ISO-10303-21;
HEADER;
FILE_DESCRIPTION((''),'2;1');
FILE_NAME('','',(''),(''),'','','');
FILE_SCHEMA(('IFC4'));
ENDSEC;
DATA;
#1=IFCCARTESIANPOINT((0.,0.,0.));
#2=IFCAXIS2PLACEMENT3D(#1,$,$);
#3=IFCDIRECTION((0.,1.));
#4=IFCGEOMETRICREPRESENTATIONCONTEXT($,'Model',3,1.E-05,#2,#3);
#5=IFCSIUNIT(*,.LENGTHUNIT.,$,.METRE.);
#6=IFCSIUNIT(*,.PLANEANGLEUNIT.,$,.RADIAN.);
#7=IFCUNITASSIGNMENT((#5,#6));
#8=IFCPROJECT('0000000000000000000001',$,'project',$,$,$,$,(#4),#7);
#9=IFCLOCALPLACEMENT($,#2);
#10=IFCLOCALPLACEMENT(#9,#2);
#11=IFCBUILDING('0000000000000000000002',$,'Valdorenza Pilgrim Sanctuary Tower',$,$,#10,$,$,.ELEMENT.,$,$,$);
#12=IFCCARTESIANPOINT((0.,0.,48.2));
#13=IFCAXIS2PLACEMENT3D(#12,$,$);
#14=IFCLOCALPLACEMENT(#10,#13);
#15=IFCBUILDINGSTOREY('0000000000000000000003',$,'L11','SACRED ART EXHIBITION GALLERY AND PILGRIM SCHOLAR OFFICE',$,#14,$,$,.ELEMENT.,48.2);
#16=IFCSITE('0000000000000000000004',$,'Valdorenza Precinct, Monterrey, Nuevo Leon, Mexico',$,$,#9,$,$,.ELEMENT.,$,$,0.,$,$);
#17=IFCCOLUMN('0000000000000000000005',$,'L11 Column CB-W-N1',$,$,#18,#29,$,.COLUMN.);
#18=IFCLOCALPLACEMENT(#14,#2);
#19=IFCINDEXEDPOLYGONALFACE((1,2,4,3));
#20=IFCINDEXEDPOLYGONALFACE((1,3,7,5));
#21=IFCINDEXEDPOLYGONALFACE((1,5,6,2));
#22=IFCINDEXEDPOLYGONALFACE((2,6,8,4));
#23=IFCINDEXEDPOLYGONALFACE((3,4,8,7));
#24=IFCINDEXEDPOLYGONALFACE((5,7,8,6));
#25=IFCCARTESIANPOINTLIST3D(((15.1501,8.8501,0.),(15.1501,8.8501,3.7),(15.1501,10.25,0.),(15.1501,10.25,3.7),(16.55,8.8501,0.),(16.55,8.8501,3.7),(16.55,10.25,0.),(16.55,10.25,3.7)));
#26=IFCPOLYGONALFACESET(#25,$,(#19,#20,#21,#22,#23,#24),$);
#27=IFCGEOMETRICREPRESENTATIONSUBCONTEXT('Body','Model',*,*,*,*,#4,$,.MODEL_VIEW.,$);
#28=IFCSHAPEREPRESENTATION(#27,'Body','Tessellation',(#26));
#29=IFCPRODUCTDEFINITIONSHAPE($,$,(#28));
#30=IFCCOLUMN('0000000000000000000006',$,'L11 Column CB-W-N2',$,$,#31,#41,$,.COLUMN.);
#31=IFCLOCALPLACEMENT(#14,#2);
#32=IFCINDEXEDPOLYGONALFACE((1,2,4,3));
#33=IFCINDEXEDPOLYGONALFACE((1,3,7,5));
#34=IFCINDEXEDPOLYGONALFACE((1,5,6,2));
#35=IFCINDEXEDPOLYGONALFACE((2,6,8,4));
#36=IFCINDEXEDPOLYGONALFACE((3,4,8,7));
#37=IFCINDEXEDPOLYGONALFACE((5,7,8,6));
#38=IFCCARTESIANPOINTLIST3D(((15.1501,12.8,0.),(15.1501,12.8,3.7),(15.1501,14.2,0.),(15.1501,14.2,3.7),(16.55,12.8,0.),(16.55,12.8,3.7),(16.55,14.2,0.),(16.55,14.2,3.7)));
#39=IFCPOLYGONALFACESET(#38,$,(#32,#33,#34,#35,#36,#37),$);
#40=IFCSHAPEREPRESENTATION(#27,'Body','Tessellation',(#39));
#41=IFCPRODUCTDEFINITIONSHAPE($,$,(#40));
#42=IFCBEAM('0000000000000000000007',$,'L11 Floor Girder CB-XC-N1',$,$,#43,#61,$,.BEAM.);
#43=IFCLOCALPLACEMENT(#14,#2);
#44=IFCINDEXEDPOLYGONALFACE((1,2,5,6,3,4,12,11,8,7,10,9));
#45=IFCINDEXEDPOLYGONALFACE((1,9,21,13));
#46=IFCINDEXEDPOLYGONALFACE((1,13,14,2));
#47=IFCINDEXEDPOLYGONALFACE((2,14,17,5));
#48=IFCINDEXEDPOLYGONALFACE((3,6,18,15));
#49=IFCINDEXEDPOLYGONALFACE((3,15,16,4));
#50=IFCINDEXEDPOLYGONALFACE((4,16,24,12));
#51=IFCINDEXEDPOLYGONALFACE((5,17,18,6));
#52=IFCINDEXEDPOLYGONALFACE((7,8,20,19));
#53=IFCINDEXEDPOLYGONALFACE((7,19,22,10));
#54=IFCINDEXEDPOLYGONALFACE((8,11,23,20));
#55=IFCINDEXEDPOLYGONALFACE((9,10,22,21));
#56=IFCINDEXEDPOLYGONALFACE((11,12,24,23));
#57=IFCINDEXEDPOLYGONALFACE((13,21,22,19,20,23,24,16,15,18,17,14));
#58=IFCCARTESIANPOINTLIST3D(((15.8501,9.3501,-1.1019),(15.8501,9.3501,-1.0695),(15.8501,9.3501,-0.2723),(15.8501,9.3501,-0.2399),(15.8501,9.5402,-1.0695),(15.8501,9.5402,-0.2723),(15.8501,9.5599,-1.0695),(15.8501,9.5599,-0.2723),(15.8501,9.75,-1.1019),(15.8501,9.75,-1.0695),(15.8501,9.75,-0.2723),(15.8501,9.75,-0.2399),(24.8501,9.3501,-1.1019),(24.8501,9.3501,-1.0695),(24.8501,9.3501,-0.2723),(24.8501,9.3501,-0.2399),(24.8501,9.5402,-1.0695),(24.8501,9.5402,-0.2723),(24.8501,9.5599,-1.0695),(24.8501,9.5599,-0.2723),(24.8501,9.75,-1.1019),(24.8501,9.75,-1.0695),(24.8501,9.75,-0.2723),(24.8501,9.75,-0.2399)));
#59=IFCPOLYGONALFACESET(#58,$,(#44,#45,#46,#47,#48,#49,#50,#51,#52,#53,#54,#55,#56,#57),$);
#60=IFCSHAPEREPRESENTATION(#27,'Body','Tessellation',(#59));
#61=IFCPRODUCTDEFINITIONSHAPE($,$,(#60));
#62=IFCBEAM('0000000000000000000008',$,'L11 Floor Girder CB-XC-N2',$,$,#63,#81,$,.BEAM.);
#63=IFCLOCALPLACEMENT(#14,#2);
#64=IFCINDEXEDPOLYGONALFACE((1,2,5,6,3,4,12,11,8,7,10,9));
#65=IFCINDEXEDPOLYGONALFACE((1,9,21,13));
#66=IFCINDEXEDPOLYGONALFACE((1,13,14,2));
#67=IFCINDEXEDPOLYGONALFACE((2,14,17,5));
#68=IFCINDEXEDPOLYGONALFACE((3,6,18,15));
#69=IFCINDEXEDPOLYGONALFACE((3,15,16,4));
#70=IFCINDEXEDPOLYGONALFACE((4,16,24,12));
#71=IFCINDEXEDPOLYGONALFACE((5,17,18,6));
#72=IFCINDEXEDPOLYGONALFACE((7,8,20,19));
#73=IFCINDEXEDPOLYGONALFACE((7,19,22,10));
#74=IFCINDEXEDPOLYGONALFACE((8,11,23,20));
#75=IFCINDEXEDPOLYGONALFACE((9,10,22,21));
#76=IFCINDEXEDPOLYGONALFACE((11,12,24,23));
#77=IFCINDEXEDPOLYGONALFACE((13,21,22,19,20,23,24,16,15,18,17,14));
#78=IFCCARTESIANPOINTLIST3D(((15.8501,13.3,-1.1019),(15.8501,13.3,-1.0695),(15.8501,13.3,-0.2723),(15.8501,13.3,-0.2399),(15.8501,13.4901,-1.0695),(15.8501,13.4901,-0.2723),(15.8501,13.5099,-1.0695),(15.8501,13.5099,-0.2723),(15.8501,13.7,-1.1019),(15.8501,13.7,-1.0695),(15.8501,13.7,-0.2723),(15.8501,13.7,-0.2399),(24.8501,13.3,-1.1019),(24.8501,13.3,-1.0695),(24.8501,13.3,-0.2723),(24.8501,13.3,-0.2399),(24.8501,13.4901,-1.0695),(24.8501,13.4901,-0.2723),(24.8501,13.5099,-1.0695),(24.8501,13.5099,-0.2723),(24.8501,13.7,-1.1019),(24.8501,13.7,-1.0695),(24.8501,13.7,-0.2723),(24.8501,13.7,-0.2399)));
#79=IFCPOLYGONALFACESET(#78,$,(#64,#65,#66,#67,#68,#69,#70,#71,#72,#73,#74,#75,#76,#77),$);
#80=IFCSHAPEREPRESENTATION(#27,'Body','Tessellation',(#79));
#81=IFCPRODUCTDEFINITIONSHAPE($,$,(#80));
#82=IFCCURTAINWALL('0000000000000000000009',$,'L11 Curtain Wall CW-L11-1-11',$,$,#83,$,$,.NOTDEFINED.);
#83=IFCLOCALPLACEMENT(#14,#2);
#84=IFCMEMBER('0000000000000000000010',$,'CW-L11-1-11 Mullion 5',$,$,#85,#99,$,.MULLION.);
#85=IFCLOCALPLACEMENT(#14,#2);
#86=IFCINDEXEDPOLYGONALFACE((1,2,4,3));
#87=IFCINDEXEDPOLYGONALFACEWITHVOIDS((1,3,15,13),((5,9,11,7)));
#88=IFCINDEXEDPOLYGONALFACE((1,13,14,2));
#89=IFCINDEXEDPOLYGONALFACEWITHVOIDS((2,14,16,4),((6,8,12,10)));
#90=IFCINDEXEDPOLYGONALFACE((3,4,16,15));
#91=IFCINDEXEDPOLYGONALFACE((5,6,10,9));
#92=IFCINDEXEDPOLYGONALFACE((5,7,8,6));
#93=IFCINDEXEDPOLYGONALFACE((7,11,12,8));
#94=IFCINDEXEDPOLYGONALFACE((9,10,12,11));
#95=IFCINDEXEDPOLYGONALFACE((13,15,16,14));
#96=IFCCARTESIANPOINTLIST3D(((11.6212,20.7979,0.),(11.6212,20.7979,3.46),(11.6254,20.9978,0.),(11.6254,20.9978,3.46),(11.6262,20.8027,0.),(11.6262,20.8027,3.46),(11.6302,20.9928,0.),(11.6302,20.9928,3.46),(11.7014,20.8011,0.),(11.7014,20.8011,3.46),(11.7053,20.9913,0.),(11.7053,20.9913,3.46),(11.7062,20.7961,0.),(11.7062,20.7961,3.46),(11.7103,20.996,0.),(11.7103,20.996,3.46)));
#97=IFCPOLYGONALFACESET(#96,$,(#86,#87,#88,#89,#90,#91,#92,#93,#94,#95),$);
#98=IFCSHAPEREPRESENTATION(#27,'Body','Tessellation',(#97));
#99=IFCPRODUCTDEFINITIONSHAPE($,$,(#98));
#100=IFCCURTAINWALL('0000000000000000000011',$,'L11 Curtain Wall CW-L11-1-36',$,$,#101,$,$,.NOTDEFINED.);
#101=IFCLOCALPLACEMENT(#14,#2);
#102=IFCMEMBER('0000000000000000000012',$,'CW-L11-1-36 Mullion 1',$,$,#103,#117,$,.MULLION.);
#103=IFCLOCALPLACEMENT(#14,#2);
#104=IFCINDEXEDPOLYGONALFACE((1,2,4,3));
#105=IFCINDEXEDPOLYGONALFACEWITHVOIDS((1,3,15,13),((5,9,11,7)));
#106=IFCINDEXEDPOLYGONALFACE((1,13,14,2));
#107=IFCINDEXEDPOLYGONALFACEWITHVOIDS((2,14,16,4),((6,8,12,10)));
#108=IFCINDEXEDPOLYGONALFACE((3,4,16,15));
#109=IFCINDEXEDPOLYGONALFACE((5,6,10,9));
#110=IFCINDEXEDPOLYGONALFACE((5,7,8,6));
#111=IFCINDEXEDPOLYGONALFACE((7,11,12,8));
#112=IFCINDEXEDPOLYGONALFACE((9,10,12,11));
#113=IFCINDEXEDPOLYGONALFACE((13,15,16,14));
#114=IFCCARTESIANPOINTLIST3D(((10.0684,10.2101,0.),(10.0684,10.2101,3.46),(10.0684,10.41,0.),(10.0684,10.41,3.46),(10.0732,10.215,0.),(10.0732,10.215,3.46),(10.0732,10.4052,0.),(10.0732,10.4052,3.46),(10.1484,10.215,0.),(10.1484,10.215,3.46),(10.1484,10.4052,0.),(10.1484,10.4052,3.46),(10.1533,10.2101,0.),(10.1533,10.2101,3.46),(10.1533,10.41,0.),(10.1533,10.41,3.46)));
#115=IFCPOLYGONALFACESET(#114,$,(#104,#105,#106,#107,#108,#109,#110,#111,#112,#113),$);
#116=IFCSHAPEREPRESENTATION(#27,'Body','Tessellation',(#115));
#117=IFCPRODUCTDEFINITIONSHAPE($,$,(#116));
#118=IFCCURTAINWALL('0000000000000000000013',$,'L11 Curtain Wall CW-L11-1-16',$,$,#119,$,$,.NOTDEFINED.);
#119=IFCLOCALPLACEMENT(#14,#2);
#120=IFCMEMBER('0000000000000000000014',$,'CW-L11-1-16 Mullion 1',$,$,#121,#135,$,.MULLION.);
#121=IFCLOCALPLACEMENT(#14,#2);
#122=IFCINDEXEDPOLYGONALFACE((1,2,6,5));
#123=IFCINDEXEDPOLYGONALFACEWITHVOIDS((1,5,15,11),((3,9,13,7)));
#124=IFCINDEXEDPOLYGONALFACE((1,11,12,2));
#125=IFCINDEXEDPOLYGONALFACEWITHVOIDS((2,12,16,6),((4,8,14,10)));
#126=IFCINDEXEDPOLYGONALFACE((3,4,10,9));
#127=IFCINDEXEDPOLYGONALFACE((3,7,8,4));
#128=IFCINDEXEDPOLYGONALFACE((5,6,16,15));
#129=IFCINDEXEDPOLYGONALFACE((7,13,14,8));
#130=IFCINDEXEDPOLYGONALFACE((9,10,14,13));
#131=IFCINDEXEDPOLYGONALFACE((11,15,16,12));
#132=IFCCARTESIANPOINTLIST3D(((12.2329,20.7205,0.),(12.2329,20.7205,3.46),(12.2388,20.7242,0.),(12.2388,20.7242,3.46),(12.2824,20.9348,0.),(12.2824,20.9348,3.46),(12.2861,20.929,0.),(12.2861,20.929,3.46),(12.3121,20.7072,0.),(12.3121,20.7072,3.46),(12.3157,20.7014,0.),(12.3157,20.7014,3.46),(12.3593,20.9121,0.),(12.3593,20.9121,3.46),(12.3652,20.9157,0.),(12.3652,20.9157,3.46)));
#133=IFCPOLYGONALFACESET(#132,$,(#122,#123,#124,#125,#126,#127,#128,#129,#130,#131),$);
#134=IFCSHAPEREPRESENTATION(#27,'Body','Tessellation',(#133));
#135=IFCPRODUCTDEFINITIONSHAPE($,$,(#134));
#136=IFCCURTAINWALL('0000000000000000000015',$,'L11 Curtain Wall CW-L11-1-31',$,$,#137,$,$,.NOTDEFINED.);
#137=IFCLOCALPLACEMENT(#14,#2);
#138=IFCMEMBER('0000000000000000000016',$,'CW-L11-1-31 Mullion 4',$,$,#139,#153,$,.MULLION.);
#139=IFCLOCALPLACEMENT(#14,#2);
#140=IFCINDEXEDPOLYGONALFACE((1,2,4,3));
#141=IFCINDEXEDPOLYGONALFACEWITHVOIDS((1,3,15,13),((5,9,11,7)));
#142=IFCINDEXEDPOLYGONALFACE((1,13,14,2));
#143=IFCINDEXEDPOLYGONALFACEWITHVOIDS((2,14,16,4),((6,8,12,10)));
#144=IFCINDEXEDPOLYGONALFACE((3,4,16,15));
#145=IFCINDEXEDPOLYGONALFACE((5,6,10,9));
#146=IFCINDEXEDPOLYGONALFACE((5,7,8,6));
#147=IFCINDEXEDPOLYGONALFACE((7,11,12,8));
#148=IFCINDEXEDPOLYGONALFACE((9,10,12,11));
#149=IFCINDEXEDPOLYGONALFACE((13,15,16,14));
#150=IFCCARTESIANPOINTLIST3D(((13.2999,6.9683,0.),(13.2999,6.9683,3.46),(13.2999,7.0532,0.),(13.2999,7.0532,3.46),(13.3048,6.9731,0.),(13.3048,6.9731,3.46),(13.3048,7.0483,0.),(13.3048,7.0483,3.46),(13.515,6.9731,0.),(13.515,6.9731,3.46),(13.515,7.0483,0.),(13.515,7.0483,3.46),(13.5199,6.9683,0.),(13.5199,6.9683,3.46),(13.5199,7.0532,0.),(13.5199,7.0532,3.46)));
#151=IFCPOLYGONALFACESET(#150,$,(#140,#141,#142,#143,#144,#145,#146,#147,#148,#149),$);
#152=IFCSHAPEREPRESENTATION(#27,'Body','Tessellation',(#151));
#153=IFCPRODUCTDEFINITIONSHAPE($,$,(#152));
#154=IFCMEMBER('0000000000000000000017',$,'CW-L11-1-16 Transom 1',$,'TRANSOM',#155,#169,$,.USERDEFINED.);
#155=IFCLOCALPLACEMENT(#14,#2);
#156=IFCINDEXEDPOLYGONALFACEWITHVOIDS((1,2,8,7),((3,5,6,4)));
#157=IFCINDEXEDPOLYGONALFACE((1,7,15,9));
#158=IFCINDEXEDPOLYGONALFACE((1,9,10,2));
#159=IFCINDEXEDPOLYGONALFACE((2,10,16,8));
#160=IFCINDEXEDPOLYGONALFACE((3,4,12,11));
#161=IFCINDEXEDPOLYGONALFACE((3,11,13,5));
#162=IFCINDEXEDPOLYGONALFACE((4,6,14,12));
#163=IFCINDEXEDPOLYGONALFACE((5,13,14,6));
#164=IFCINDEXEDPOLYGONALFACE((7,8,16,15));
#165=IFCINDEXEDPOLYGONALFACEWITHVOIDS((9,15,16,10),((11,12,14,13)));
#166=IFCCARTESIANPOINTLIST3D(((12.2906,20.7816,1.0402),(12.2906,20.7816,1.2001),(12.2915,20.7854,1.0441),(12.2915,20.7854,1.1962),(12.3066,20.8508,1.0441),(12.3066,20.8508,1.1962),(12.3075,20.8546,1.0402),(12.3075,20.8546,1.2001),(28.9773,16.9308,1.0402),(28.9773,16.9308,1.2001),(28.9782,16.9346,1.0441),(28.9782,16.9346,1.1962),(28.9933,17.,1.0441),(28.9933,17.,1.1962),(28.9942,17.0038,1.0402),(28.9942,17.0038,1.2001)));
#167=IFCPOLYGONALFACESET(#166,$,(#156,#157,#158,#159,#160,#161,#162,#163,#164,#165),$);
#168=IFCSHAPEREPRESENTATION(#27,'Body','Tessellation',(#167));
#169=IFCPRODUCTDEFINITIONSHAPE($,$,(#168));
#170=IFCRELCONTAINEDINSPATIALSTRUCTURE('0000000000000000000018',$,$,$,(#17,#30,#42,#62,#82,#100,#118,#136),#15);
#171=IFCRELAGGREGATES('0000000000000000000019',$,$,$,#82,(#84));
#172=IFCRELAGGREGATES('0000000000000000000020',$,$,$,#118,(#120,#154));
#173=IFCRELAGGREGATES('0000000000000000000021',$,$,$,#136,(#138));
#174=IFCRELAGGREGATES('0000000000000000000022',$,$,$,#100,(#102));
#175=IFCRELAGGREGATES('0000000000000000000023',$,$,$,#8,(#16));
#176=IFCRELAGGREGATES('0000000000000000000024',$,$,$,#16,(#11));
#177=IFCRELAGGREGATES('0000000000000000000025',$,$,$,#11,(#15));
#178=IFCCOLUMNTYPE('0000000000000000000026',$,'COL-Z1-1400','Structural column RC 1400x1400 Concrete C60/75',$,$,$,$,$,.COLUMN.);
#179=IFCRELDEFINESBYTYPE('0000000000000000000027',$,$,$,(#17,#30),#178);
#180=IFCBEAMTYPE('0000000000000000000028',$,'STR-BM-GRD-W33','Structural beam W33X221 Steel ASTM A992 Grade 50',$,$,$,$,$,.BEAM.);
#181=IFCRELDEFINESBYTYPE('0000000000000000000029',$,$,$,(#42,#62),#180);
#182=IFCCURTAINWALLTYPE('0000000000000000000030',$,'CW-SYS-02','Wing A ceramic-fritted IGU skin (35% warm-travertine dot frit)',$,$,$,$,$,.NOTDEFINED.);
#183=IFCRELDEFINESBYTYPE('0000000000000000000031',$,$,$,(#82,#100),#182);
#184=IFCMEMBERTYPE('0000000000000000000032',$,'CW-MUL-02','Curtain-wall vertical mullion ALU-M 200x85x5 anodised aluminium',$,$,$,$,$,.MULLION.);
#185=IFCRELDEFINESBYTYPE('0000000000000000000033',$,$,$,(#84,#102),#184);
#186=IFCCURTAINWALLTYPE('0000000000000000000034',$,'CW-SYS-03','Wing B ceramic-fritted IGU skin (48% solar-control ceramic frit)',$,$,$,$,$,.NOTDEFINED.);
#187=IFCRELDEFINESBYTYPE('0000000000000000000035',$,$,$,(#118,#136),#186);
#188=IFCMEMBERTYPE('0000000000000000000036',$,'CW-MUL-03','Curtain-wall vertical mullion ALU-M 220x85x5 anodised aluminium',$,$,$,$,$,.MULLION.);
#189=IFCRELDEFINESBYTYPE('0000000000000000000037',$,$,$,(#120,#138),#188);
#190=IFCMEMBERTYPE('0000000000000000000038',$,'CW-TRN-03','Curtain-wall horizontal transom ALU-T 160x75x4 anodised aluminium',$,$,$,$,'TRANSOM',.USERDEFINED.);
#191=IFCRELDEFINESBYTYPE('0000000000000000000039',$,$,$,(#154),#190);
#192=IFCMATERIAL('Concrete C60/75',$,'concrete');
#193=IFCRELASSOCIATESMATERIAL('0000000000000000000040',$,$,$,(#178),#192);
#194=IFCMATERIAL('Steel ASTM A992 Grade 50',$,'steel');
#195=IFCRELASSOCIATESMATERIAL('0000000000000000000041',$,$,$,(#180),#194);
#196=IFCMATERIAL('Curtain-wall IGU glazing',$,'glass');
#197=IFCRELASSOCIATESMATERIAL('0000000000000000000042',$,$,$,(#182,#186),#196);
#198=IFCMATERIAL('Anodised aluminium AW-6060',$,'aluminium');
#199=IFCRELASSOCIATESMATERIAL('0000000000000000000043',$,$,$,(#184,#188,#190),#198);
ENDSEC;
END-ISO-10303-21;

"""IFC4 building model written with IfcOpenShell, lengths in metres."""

from ifc_helpers import new_model, si_unit, direction, frame, origin, origin_2d, place, context, subcontext, project, spatial, rectangle, hollow_rectangle, i_section, extrude, source, transform, mapped, material, material_profile, profile_set, type_object, element, aggregate, save


model = new_model("IFC4")

# Units and contexts
model_context = context("Model", 3, precision=1e-05, world=origin(), true_north=direction((0.0, 1.0)))
body_context = subcontext(model_context, "Body", "Model", "MODEL_VIEW")
ifc_project = project(units=[si_unit("LENGTHUNIT", "METRE"), si_unit("PLANEANGLEUNIT", "RADIAN")], contexts=[model_context])

# Site, building, storey
site_placement = place(None, origin())
site = spatial("IfcSite", under=ifc_project, at=site_placement, Name="Valdorenza Precinct, Monterrey, Nuevo Leon, Mexico", CompositionType="ELEMENT", RefElevation=0.0)
building_placement = place(site_placement, origin())
building = spatial("IfcBuilding", under=site, at=building_placement, Name="Valdorenza Pilgrim Sanctuary Tower", CompositionType="ELEMENT")
storey_placement = place(building_placement, frame((0.0, 0.0, 48.2)))
storey = spatial("IfcBuildingStorey", under=building, at=storey_placement, Name="L11", Description="SACRED ART EXHIBITION GALLERY AND PILGRIM SCHOLAR OFFICE", CompositionType="ELEMENT", Elevation=48.2)

# Columns
ifc_material_1 = material(Name="Concrete C60/75", Category="concrete")
ifc_material_profile_1 = material_profile(ifc_material_1, rectangle(XDim=1.3999, YDim=1.3999, at=origin_2d()), Name="RC 1400x1400")
ifc_profile_set_1 = profile_set([ifc_material_profile_1], Name="Concrete C60/75")
column_type = type_object("IfcColumnType", Name="COL-Z1-1400", Description="Structural column RC 1400x1400 Concrete C60/75", PredefinedType="COLUMN", material=ifc_profile_set_1)
shared_shape_1 = source(origin(), body_context, "Body", "SweptSolid", [
    extrude(rectangle(XDim=1.3999, YDim=1.3999, at=origin_2d()), origin(), (0.0, 0.0, 1.0), 3.7),
])
for number, where, z_axis, x_axis, name in (
    (1, (15.8501, 9.55, 0.0), (0.0, 0.0, 1.0), (1.0, 0.0, 0.0), "L11 Column CB-W-N1"),
    (2, (15.8501, 13.5, 0.0), (0.0, 0.0, 1.0), (1.0, 0.0, 0.0), "L11 Column CB-W-N2"),
):
    element("IfcColumn", number, at=place(storey_placement, frame(where, z_axis=z_axis, x_axis=x_axis)), inside=storey, type_object=column_type, Name=name, PredefinedType="COLUMN", context=body_context, shape_type="MappedRepresentation", body=[
        mapped(shared_shape_1, transform((0.0, 0.0, 0.0), x_axis=(1.0, 0.0, 0.0), y_axis=(0.0, 1.0, 0.0), z_axis=(0.0, 0.0, 1.0), scale=1.0)),
    ])

# Beams
ifc_material_2 = material(Name="Steel ASTM A992 Grade 50", Category="steel")
ifc_material_profile_2 = material_profile(ifc_material_2, i_section(OverallWidth=0.3999, OverallDepth=0.8621, WebThickness=0.0198, FlangeThickness=0.0325, at=origin_2d()), Name="W33X221")
ifc_profile_set_2 = profile_set([ifc_material_profile_2], Name="Steel ASTM A992 Grade 50")
beam_type = type_object("IfcBeamType", Name="STR-BM-GRD-W33", Description="Structural beam W33X221 Steel ASTM A992 Grade 50", PredefinedType="BEAM", material=ifc_profile_set_2)
shared_shape_2 = source(origin(), body_context, "Body", "SweptSolid", [
    extrude(i_section(OverallWidth=0.3999, OverallDepth=0.8621, WebThickness=0.0198, FlangeThickness=0.0325, at=origin_2d()), origin(), (0.0, 0.0, 1.0), 9.0),
])
for number, where, z_axis, x_axis, name in (
    (3, (15.8501, 9.55, -0.6709), (1.0, 0.0, 0.0), (0.0, 1.0, 0.0), "L11 Floor Girder CB-XC-N1"),
    (4, (15.8501, 13.5, -0.6709), (1.0, 0.0, 0.0), (0.0, 1.0, 0.0), "L11 Floor Girder CB-XC-N2"),
):
    element("IfcBeam", number, at=place(storey_placement, frame(where, z_axis=z_axis, x_axis=x_axis)), inside=storey, type_object=beam_type, Name=name, PredefinedType="BEAM", context=body_context, shape_type="MappedRepresentation", body=[
        mapped(shared_shape_2, transform((0.0, 0.0, 0.0), x_axis=(1.0, 0.0, 0.0), y_axis=(0.0, 1.0, 0.0), z_axis=(0.0, 0.0, 1.0), scale=1.0)),
    ])

# Curtain walls, members
ifc_material_3 = material(Name="Curtain-wall IGU glazing", Category="glass")
curtain_wall_type_1 = type_object("IfcCurtainWallType", Name="CW-SYS-02", Description="Wing A ceramic-fritted IGU skin (35% warm-travertine dot frit)", PredefinedType="NOTDEFINED", material=ifc_material_3)
curtain_wall_1_placement = place(storey_placement, origin())
curtain_wall_1 = element("IfcCurtainWall", 5, at=curtain_wall_1_placement, inside=storey, type_object=curtain_wall_type_1, Name="L11 Curtain Wall CW-L11-1-11", PredefinedType="NOTDEFINED")
ifc_material_4 = material(Name="Anodised aluminium AW-6060", Category="aluminium")
ifc_material_profile_3 = material_profile(ifc_material_4, hollow_rectangle(XDim=0.085, YDim=0.2, WallThickness=0.0049, at=origin_2d()), Name="ALU-M 200x85x5")
ifc_profile_set_3 = profile_set([ifc_material_profile_3], Name="Anodised aluminium AW-6060")
member_type_1 = type_object("IfcMemberType", Name="CW-MUL-02", Description="Curtain-wall vertical mullion ALU-M 200x85x5 anodised aluminium", PredefinedType="MULLION", material=ifc_profile_set_3)
shared_shape_3 = source(origin(), body_context, "Body", "SweptSolid", [
    extrude(hollow_rectangle(XDim=0.085, YDim=0.2, WallThickness=0.0049, at=origin_2d()), origin(), (0.0, 0.0, 1.0), 3.46),
])
member_1_placement = place(storey_placement, frame((11.6658, 20.897, 0.0), z_axis=(0.0, 0.0, 1.0), x_axis=(0.999783, -0.02082, 0.0)))
member_1 = element("IfcMember", 6, at=member_1_placement, type_object=member_type_1, Name="CW-L11-1-11 Mullion 5", PredefinedType="MULLION", context=body_context, shape_type="MappedRepresentation", body=[
    mapped(shared_shape_3, transform((0.0, 0.0, 0.0), x_axis=(1.0, 0.0, 0.0), y_axis=(0.0, 1.0, 0.0), z_axis=(0.0, 0.0, 1.0), scale=1.0)),
])
curtain_wall_2_placement = place(storey_placement, origin())
curtain_wall_2 = element("IfcCurtainWall", 7, at=curtain_wall_2_placement, inside=storey, type_object=curtain_wall_type_1, Name="L11 Curtain Wall CW-L11-1-36", PredefinedType="NOTDEFINED")
member_2_placement = place(storey_placement, frame((10.1108, 10.3101, 0.0), z_axis=(0.0, 0.0, 1.0), x_axis=(-1.0, 0.0, 0.0)))
member_2 = element("IfcMember", 8, at=member_2_placement, type_object=member_type_1, Name="CW-L11-1-36 Mullion 1", PredefinedType="MULLION", context=body_context, shape_type="MappedRepresentation", body=[
    mapped(shared_shape_3, transform((0.0, 0.0, 0.0), x_axis=(1.0, 0.0, 0.0), y_axis=(0.0, 1.0, 0.0), z_axis=(0.0, 0.0, 1.0), scale=1.0)),
])
curtain_wall_type_2 = type_object("IfcCurtainWallType", Name="CW-SYS-03", Description="Wing B ceramic-fritted IGU skin (48% solar-control ceramic frit)", PredefinedType="NOTDEFINED", material=ifc_material_3)
curtain_wall_3_placement = place(storey_placement, origin())
curtain_wall_3 = element("IfcCurtainWall", 9, at=curtain_wall_3_placement, inside=storey, type_object=curtain_wall_type_2, Name="L11 Curtain Wall CW-L11-1-16", PredefinedType="NOTDEFINED")
ifc_material_profile_4 = material_profile(ifc_material_4, hollow_rectangle(XDim=0.085, YDim=0.22, WallThickness=0.0049, at=origin_2d()), Name="ALU-M 220x85x5")
ifc_profile_set_4 = profile_set([ifc_material_profile_4], Name="Anodised aluminium AW-6060")
member_type_2 = type_object("IfcMemberType", Name="CW-MUL-03", Description="Curtain-wall vertical mullion ALU-M 220x85x5 anodised aluminium", PredefinedType="MULLION", material=ifc_profile_set_4)
shared_shape_4 = source(origin(), body_context, "Body", "SweptSolid", [
    extrude(hollow_rectangle(XDim=0.085, YDim=0.22, WallThickness=0.0049, at=origin_2d()), origin(), (0.0, 0.0, 1.0), 3.46),
])
member_3_placement = place(storey_placement, frame((12.2991, 20.8181, 0.0), z_axis=(0.0, 0.0, 1.0), x_axis=(0.97439, -0.224866, 0.0)))
member_3 = element("IfcMember", 10, at=member_3_placement, type_object=member_type_2, Name="CW-L11-1-16 Mullion 1", PredefinedType="MULLION", context=body_context, shape_type="MappedRepresentation", body=[
    mapped(shared_shape_4, transform((0.0, 0.0, 0.0), x_axis=(1.0, 0.0, 0.0), y_axis=(0.0, 1.0, 0.0), z_axis=(0.0, 0.0, 1.0), scale=1.0)),
])
curtain_wall_4_placement = place(storey_placement, origin())
curtain_wall_4 = element("IfcCurtainWall", 11, at=curtain_wall_4_placement, inside=storey, type_object=curtain_wall_type_2, Name="L11 Curtain Wall CW-L11-1-31", PredefinedType="NOTDEFINED")
member_4_placement = place(storey_placement, frame((13.4099, 7.0107, 0.0), z_axis=(0.0, 0.0, 1.0), x_axis=(0.0, 1.0, 0.0)))
member_4 = element("IfcMember", 12, at=member_4_placement, type_object=member_type_2, Name="CW-L11-1-31 Mullion 4", PredefinedType="MULLION", context=body_context, shape_type="MappedRepresentation", body=[
    mapped(shared_shape_4, transform((0.0, 0.0, 0.0), x_axis=(1.0, 0.0, 0.0), y_axis=(0.0, 1.0, 0.0), z_axis=(0.0, 0.0, 1.0), scale=1.0)),
])

# Member
ifc_material_profile_5 = material_profile(ifc_material_4, hollow_rectangle(XDim=0.075, YDim=0.1599, WallThickness=0.0039, at=origin_2d()), Name="ALU-T 160x75x4")
ifc_profile_set_5 = profile_set([ifc_material_profile_5], Name="Anodised aluminium AW-6060")
member_type_3 = type_object("IfcMemberType", Name="CW-TRN-03", Description="Curtain-wall horizontal transom ALU-T 160x75x4 anodised aluminium", ElementType="TRANSOM", PredefinedType="USERDEFINED", material=ifc_profile_set_5)
shared_shape_5 = source(origin(), body_context, "Body", "SweptSolid", [
    extrude(hollow_rectangle(XDim=0.075, YDim=0.1599, WallThickness=0.0039, at=origin_2d()), origin(), (0.0, 0.0, 1.0), 17.1252),
])
member_5_placement = place(storey_placement, frame((12.2991, 20.8181, 1.1201), z_axis=(0.974391, -0.224862, 0.0), x_axis=(0.224862, 0.974391, 0.0)))
member_5 = element("IfcMember", 13, at=member_5_placement, type_object=member_type_3, Name="CW-L11-1-16 Transom 1", ObjectType="TRANSOM", PredefinedType="USERDEFINED", context=body_context, shape_type="MappedRepresentation", body=[
    mapped(shared_shape_5, transform((0.0, 0.0, 0.0), x_axis=(1.0, 0.0, 0.0), y_axis=(0.0, 1.0, 0.0), z_axis=(0.0, 0.0, 1.0), scale=1.0)),
])

aggregate(curtain_wall_1, [member_1])
aggregate(curtain_wall_3, [member_3, member_5])
aggregate(curtain_wall_4, [member_4])
aggregate(curtain_wall_2, [member_2])

save(model, "model.ifc")
